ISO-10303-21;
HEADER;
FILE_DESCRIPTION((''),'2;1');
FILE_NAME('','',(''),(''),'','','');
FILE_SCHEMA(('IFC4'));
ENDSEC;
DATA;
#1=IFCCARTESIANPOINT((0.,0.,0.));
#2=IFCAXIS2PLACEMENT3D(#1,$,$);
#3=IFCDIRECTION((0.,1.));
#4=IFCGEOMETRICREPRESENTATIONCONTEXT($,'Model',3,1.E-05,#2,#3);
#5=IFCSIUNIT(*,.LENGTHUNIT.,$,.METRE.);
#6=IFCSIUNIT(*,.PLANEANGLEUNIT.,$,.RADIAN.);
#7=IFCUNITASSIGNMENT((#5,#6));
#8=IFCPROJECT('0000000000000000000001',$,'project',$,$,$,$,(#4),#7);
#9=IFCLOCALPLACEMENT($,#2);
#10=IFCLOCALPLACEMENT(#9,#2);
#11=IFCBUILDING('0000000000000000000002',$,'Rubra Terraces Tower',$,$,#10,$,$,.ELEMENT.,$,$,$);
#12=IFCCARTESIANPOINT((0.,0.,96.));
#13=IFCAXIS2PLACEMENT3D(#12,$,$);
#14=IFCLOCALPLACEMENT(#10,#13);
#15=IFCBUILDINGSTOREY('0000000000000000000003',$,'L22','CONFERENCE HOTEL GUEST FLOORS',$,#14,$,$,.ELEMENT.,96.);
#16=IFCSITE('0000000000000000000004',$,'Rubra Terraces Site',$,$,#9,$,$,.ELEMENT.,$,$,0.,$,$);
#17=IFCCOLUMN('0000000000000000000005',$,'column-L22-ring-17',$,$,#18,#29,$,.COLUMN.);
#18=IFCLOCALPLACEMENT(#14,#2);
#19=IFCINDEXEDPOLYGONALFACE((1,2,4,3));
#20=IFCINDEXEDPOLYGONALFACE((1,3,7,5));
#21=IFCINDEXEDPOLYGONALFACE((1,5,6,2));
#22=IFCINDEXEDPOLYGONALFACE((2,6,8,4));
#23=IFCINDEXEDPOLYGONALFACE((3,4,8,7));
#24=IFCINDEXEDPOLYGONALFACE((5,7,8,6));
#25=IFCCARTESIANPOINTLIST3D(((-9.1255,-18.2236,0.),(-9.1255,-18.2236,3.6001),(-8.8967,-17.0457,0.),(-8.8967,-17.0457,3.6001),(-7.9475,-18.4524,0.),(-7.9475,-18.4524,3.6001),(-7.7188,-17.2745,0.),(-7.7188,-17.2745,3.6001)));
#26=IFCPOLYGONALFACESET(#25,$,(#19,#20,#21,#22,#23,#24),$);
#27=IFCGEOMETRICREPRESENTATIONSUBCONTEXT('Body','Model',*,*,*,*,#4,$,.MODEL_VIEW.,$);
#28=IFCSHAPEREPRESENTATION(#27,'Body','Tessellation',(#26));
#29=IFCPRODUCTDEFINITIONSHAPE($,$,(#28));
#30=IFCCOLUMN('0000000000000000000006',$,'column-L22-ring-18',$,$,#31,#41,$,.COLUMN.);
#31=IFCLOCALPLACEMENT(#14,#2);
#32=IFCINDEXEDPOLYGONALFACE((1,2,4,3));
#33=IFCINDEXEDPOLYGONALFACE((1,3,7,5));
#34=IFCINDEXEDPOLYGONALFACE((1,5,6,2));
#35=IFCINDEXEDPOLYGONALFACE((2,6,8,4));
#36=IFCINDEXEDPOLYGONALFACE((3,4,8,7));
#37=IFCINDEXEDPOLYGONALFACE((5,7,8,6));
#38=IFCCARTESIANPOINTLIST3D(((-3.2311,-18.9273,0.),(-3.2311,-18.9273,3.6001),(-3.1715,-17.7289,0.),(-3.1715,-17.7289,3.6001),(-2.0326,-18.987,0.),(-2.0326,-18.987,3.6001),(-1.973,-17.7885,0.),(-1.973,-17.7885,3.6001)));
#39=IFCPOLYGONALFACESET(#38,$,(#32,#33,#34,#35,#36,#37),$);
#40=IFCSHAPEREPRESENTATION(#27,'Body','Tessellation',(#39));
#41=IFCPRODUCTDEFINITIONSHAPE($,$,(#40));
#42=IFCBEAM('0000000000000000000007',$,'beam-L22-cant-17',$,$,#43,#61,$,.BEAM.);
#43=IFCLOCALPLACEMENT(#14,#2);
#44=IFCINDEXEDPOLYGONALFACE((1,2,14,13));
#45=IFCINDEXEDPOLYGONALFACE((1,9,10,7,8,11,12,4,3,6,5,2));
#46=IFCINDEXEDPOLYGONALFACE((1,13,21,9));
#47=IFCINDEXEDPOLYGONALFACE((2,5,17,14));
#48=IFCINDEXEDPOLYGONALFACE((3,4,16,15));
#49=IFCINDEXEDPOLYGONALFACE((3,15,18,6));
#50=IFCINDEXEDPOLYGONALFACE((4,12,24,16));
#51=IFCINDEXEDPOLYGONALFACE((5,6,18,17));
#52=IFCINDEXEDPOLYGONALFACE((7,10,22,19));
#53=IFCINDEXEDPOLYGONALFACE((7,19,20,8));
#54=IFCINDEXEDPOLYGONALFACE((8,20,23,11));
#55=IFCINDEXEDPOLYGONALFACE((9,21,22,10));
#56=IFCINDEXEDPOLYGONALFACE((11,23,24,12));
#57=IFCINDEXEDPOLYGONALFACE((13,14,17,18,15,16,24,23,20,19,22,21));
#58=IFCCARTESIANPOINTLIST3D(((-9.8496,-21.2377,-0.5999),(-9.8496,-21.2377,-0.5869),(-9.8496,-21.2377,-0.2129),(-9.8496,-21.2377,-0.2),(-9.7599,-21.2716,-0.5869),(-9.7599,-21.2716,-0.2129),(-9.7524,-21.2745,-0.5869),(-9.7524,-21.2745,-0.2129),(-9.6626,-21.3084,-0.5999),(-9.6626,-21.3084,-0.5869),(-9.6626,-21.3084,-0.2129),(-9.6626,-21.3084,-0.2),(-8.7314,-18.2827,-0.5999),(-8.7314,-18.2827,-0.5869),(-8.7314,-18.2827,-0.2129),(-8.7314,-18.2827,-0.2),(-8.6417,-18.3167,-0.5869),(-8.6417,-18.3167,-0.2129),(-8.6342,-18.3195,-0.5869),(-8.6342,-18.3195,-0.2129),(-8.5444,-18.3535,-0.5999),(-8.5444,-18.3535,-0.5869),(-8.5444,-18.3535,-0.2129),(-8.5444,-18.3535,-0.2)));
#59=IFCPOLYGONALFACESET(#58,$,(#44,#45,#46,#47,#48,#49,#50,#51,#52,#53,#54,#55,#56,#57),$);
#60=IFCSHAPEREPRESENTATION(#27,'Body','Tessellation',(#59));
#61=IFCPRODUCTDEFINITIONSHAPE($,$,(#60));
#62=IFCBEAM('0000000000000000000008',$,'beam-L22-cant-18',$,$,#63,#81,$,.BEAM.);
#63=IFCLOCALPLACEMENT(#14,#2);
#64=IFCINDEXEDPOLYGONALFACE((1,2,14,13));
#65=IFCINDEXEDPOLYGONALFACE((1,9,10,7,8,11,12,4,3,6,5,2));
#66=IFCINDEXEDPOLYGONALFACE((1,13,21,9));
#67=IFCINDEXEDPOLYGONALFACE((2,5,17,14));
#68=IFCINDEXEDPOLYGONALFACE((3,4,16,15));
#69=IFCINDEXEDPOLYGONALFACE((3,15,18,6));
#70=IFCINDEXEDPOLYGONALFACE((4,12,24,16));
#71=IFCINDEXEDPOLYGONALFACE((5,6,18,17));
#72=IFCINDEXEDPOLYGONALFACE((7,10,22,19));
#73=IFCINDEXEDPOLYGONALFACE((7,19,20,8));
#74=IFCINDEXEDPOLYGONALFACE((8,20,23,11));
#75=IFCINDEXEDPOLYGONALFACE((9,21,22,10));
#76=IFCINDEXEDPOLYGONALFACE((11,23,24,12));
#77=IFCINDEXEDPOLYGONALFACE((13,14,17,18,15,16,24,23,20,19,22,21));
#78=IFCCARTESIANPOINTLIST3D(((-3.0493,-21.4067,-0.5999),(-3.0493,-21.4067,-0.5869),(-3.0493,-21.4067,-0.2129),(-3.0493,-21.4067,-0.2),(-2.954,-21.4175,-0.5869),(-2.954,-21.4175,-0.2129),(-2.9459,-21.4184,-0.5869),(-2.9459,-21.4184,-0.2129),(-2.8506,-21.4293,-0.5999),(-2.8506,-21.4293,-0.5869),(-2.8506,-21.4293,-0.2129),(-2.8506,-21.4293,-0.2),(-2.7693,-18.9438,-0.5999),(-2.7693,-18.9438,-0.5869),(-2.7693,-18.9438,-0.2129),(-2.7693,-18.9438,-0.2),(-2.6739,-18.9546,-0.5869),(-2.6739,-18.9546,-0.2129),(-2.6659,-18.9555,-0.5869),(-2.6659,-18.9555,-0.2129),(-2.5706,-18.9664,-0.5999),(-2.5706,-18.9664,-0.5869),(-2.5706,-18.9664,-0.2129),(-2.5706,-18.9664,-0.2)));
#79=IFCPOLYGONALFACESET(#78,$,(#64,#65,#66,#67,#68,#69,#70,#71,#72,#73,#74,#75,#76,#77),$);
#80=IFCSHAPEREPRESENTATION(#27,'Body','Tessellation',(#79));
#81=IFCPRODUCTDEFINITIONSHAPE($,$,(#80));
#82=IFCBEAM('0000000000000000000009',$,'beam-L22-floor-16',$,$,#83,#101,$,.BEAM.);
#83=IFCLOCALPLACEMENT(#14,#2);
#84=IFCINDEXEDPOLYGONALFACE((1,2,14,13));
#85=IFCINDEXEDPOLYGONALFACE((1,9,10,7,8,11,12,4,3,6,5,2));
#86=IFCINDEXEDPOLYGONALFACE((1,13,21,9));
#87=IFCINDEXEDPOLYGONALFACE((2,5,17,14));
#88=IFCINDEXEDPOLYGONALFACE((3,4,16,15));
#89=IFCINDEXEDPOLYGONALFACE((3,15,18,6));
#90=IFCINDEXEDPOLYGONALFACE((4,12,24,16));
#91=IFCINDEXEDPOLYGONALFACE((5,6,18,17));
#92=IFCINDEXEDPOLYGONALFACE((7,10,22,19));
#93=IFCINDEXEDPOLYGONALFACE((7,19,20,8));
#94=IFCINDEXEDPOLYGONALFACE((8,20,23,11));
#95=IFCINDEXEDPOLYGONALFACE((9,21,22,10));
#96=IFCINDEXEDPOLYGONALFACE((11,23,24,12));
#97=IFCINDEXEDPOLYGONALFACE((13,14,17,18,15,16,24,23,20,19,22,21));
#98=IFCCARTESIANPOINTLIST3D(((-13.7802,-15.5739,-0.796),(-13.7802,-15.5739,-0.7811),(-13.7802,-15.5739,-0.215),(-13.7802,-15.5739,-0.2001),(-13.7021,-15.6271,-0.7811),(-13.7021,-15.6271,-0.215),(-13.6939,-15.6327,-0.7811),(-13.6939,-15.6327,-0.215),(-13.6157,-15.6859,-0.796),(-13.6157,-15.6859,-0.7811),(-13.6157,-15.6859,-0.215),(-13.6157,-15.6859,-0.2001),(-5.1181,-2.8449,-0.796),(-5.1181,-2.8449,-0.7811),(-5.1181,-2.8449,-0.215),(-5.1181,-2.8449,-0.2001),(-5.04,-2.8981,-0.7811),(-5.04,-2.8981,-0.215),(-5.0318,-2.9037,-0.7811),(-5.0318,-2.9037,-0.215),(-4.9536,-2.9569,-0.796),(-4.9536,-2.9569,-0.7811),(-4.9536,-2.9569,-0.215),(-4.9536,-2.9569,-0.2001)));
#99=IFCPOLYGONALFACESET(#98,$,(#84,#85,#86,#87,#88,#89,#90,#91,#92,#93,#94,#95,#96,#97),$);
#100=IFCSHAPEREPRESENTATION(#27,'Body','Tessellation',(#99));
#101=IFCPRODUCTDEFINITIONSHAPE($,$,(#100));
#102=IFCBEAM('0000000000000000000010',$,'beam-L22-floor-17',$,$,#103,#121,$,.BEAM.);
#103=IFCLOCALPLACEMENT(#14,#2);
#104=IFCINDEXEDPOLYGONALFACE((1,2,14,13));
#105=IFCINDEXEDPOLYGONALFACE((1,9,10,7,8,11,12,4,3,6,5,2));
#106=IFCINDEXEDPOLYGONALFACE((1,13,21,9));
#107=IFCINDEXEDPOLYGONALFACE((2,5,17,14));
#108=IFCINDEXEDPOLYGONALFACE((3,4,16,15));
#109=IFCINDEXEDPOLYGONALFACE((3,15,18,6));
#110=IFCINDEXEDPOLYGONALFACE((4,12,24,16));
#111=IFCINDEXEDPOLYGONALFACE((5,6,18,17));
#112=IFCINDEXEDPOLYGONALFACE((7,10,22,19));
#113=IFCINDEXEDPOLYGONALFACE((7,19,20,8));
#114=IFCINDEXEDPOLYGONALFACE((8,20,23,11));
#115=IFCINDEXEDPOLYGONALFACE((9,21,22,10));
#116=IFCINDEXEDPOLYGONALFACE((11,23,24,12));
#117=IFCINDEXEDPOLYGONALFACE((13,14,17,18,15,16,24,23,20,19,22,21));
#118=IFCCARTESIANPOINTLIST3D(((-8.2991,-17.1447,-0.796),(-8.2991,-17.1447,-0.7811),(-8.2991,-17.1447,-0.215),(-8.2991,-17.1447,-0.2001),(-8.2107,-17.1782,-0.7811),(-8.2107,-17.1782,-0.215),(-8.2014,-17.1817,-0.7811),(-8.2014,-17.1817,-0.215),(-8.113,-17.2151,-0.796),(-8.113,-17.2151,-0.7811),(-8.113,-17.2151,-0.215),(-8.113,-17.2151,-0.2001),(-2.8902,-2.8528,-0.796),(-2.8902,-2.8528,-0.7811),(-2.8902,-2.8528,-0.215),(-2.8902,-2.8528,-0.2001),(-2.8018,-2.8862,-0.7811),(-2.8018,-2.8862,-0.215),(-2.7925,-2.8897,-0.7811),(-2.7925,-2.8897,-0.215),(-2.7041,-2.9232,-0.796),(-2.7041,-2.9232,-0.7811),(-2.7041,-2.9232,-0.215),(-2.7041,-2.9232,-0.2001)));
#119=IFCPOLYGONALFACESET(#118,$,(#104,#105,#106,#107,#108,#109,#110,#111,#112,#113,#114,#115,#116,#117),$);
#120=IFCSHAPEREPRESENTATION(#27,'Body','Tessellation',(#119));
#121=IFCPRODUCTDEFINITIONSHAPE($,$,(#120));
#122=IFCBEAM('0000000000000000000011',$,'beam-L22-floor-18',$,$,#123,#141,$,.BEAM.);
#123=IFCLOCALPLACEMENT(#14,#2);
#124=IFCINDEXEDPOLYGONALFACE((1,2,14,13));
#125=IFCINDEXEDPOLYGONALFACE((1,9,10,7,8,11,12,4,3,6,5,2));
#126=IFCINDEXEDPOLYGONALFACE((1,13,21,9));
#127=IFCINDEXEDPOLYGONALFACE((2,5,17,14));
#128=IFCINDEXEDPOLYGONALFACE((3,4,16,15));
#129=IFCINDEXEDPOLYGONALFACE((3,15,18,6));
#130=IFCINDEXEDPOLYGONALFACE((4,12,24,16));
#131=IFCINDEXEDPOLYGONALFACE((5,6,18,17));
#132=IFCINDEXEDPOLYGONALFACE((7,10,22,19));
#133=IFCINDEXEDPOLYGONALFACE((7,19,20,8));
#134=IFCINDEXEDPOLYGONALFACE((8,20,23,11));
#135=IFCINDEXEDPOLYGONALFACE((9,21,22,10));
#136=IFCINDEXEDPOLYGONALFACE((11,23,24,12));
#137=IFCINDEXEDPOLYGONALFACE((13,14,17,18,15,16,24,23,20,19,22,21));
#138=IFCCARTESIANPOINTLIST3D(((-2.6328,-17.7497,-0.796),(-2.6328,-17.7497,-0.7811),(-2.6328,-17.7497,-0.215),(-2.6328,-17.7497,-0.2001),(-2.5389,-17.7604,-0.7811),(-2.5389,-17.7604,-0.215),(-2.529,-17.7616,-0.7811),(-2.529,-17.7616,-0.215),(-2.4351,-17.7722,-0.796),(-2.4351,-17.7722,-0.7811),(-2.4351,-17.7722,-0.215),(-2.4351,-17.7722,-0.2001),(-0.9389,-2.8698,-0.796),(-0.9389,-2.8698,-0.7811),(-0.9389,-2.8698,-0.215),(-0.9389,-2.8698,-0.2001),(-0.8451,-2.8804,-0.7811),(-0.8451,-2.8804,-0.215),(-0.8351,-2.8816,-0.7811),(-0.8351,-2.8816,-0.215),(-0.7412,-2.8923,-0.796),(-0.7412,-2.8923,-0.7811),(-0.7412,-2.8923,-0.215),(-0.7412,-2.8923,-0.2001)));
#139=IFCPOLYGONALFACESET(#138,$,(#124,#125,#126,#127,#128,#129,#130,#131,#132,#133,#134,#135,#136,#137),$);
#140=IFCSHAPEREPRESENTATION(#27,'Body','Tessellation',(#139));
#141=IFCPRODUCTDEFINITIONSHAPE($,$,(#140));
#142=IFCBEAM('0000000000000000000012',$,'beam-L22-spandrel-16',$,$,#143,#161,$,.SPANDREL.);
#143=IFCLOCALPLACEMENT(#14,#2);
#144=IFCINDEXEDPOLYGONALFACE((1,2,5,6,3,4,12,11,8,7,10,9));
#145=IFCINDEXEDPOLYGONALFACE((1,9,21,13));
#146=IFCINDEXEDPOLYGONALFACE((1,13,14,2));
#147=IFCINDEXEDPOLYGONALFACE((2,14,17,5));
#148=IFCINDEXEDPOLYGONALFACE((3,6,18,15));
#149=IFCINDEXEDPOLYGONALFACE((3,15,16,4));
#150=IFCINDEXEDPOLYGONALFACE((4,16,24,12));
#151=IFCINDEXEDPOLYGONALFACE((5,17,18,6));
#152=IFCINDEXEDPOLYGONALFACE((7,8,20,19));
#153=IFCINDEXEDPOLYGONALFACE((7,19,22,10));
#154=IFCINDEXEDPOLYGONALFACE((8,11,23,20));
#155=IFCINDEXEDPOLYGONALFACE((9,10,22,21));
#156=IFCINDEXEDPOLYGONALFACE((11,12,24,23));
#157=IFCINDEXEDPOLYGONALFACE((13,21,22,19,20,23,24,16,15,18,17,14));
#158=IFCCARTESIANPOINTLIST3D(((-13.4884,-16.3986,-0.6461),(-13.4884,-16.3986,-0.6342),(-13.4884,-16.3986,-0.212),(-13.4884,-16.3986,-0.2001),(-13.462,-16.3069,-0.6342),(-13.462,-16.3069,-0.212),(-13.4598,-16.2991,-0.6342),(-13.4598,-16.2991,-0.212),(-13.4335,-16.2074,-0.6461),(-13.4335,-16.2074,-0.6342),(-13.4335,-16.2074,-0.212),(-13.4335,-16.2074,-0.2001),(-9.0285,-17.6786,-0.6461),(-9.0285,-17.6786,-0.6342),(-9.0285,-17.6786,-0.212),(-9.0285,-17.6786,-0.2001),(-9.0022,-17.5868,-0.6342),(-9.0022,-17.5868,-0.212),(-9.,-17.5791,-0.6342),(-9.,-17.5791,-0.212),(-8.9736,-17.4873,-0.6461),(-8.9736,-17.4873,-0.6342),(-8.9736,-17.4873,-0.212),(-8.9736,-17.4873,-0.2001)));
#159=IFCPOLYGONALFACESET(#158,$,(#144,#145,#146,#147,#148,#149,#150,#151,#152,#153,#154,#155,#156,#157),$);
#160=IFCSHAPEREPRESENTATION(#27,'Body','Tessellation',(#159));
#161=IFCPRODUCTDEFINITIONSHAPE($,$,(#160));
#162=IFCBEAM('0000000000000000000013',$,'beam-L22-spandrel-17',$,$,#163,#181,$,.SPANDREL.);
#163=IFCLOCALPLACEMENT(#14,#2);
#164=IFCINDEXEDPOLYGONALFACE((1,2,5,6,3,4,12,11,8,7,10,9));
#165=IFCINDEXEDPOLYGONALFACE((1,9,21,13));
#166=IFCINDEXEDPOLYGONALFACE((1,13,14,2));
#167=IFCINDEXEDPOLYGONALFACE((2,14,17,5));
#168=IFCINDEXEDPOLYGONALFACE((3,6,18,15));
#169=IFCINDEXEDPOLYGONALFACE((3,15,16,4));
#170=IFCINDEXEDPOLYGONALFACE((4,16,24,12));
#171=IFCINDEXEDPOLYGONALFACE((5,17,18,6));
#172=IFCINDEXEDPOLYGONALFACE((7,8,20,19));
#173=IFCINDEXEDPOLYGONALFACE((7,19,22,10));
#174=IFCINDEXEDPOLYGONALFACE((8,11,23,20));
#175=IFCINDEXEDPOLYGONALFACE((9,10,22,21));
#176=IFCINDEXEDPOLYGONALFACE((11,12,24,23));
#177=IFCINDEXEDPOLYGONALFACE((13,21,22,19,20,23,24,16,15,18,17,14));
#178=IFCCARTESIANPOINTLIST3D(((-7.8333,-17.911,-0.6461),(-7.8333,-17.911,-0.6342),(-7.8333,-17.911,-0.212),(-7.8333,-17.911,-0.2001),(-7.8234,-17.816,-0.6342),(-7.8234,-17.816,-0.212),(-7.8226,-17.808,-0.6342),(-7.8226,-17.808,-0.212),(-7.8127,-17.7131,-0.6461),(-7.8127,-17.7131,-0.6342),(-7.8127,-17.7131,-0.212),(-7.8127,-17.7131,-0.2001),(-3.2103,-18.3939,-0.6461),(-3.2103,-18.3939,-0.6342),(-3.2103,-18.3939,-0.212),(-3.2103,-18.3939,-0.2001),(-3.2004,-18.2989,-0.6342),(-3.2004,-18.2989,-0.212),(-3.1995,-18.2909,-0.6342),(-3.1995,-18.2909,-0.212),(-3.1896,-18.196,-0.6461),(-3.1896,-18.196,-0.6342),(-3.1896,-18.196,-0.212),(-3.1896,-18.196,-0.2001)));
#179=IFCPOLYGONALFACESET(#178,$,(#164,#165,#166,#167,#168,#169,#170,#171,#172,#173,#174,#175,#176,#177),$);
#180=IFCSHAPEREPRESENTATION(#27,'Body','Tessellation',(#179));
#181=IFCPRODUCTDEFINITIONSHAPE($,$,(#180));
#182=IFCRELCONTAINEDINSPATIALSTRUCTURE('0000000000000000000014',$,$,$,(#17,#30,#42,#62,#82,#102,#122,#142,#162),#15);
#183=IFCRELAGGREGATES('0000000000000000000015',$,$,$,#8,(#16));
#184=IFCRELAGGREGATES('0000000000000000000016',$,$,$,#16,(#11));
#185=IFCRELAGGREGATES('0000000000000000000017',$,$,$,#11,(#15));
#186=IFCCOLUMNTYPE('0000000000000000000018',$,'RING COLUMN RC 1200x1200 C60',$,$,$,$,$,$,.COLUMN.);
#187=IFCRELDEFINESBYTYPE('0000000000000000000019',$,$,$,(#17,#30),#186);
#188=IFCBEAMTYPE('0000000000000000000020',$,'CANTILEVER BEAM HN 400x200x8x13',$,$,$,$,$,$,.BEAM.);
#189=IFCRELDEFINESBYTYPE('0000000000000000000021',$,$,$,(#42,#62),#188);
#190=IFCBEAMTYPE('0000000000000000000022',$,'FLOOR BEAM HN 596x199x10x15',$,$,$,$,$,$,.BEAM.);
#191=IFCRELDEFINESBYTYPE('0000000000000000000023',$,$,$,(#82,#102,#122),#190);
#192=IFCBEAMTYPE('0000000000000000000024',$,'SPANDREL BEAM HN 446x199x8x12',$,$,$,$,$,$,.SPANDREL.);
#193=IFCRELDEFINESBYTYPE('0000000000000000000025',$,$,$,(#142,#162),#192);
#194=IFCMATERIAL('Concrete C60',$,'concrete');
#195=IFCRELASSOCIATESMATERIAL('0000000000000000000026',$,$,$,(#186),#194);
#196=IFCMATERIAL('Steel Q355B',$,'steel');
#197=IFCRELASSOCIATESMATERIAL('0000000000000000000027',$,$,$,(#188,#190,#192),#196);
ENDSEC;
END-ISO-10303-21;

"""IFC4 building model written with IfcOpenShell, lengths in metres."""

from ifc_helpers import new_model, si_unit, direction, frame, origin, origin_2d, place, context, subcontext, project, spatial, rectangle, i_section, extrude, material, material_profile, profile_set, type_object, element, save


model = new_model("IFC4")

# Units and contexts
model_context = context("Model", 3, precision=1e-05, world=origin(), true_north=direction((0.0, 1.0)))
body_context = subcontext(model_context, "Body", "Model", "MODEL_VIEW")
ifc_project = project(units=[si_unit("LENGTHUNIT", "METRE"), si_unit("PLANEANGLEUNIT", "RADIAN")], contexts=[model_context])

# Site, building, storey
site_placement = place(None, origin())
site = spatial("IfcSite", under=ifc_project, at=site_placement, Name="Rubra Terraces Site", CompositionType="ELEMENT", RefElevation=0.0)
building_placement = place(site_placement, origin())
building = spatial("IfcBuilding", under=site, at=building_placement, Name="Rubra Terraces Tower", CompositionType="ELEMENT")
storey_placement = place(building_placement, frame((0.0, 0.0, 96.0)))
storey = spatial("IfcBuildingStorey", under=building, at=storey_placement, Name="L22", Description="CONFERENCE HOTEL GUEST FLOORS", CompositionType="ELEMENT", Elevation=96.0)

# Columns
ifc_material_1 = material(Name="Concrete C60", Category="concrete")
ifc_material_profile_1 = material_profile(ifc_material_1, rectangle(XDim=1.2, YDim=1.2, at=origin_2d()), Name="RC 1200x1200")
ifc_profile_set_1 = profile_set([ifc_material_profile_1], Name="Concrete C60")
column_type = type_object("IfcColumnType", Name="RING COLUMN RC 1200x1200 C60", PredefinedType="COLUMN", material=ifc_profile_set_1)
for number, where, z_axis, x_axis, name in (
    (1, (-8.4221, -17.749, 0.0), (0.0, 0.0, 1.0), (0.981655, -0.190668, 0.0), "column-L22-ring-17"),
    (2, (-2.6021, -18.3579, 0.0), (0.0, 0.0, 1.0), (0.998764, -0.049699, 0.0), "column-L22-ring-18"),
):
    element("IfcColumn", number, at=place(storey_placement, frame(where, z_axis=z_axis, x_axis=x_axis)), inside=storey, type_object=column_type, Name=name, PredefinedType="COLUMN", context=body_context, shape_type="SweptSolid", body=[
        extrude(rectangle(XDim=1.2, YDim=1.2, at=origin_2d()), origin(), (0.0, 0.0, 1.0), 3.6001),
    ])

# Beams
ifc_material_2 = material(Name="Steel Q355B", Category="steel")
ifc_material_profile_2 = material_profile(ifc_material_2, i_section(OverallWidth=0.2, OverallDepth=0.3999, WebThickness=0.0081, FlangeThickness=0.0129, at=origin_2d()), Name="HN 400x200x8x13")
ifc_profile_set_2 = profile_set([ifc_material_profile_2], Name="Steel Q355B")
beam_type_1 = type_object("IfcBeamType", Name="CANTILEVER BEAM HN 400x200x8x13", PredefinedType="BEAM", material=ifc_profile_set_2)
beam_1_placement = place(storey_placement, frame((-8.6379, -18.3181, -0.3999), z_axis=(-0.353925, -0.935274, 0.0), x_axis=(0.935274, -0.353925, 0.0)))
element("IfcBeam", 3, at=beam_1_placement, inside=storey, type_object=beam_type_1, Name="beam-L22-cant-17", PredefinedType="BEAM", context=body_context, shape_type="SweptSolid", body=[
    extrude(i_section(OverallWidth=0.2, OverallDepth=0.3999, WebThickness=0.0081, FlangeThickness=0.0129, at=origin_2d()), origin(), (0.0, 0.0, 1.0), 3.1594),
])
beam_2_placement = place(storey_placement, frame((-2.6699, -18.9551, -0.3999), z_axis=(-0.112972, -0.993598, 0.0), x_axis=(0.993598, -0.112972, 0.0)))
element("IfcBeam", 4, at=beam_2_placement, inside=storey, type_object=beam_type_1, Name="beam-L22-cant-18", PredefinedType="BEAM", context=body_context, shape_type="SweptSolid", body=[
    extrude(i_section(OverallWidth=0.2, OverallDepth=0.3999, WebThickness=0.0081, FlangeThickness=0.0129, at=origin_2d()), origin(), (0.0, 0.0, 1.0), 2.4788),
])
ifc_material_profile_3 = material_profile(ifc_material_2, i_section(OverallWidth=0.199, OverallDepth=0.5959, WebThickness=0.01, FlangeThickness=0.0149, at=origin_2d()), Name="HN 596x199x10x15")
ifc_profile_set_3 = profile_set([ifc_material_profile_3], Name="Steel Q355B")
beam_type_2 = type_object("IfcBeamType", Name="FLOOR BEAM HN 596x199x10x15", PredefinedType="BEAM", material=ifc_profile_set_3)
beam_3_placement = place(storey_placement, frame((-13.698, -15.6299, -0.498), z_axis=(0.562594, 0.826734, 0.0), x_axis=(-0.826734, 0.562594, 0.0)))
element("IfcBeam", 5, at=beam_3_placement, inside=storey, type_object=beam_type_2, Name="beam-L22-floor-16", PredefinedType="BEAM", context=body_context, shape_type="SweptSolid", body=[
    extrude(i_section(OverallWidth=0.199, OverallDepth=0.5959, WebThickness=0.01, FlangeThickness=0.0149, at=origin_2d()), origin(), (0.0, 0.0, 1.0), 15.3967),
])
beam_4_placement = place(storey_placement, frame((-8.2061, -17.1799, -0.498), z_axis=(0.353958, 0.935261, 0.0), x_axis=(-0.935261, 0.353958, 0.0)))
element("IfcBeam", 6, at=beam_4_placement, inside=storey, type_object=beam_type_2, Name="beam-L22-floor-17", PredefinedType="BEAM", context=body_context, shape_type="SweptSolid", body=[
    extrude(i_section(OverallWidth=0.199, OverallDepth=0.5959, WebThickness=0.01, FlangeThickness=0.0149, at=origin_2d()), origin(), (0.0, 0.0, 1.0), 15.2812),
])
beam_5_placement = place(storey_placement, frame((-2.5339, -17.761, -0.498), z_axis=(0.113104, 0.993583, 0.0), x_axis=(-0.993583, 0.113104, 0.0)))
element("IfcBeam", 7, at=beam_5_placement, inside=storey, type_object=beam_type_2, Name="beam-L22-floor-18", PredefinedType="BEAM", context=body_context, shape_type="SweptSolid", body=[
    extrude(i_section(OverallWidth=0.199, OverallDepth=0.5959, WebThickness=0.01, FlangeThickness=0.0149, at=origin_2d()), origin(), (0.0, 0.0, 1.0), 14.9761),
])
ifc_material_profile_4 = material_profile(ifc_material_2, i_section(OverallWidth=0.199, OverallDepth=0.446, WebThickness=0.0081, FlangeThickness=0.012, at=origin_2d()), Name="HN 446x199x8x12")
ifc_profile_set_4 = profile_set([ifc_material_profile_4], Name="Steel Q355B")
beam_type_3 = type_object("IfcBeamType", Name="SPANDREL BEAM HN 446x199x8x12", PredefinedType="SPANDREL", material=ifc_profile_set_4)
beam_6_placement = place(storey_placement, frame((-13.4609, -16.303, -0.4231), z_axis=(0.961196, -0.275868, 0.0), x_axis=(0.275868, 0.961196, 0.0)))
element("IfcBeam", 8, at=beam_6_placement, inside=storey, type_object=beam_type_3, Name="beam-L22-spandrel-16", PredefinedType="SPANDREL", context=body_context, shape_type="SweptSolid", body=[
    extrude(i_section(OverallWidth=0.199, OverallDepth=0.446, WebThickness=0.0081, FlangeThickness=0.012, at=origin_2d()), origin(), (0.0, 0.0, 1.0), 4.6399),
])
beam_7_placement = place(storey_placement, frame((-7.823, -17.812, -0.4231), z_axis=(0.994589, -0.103892, 0.0), x_axis=(0.103892, 0.994589, 0.0)))
element("IfcBeam", 9, at=beam_7_placement, inside=storey, type_object=beam_type_3, Name="beam-L22-spandrel-17", PredefinedType="SPANDREL", context=body_context, shape_type="SweptSolid", body=[
    extrude(i_section(OverallWidth=0.199, OverallDepth=0.446, WebThickness=0.0081, FlangeThickness=0.012, at=origin_2d()), origin(), (0.0, 0.0, 1.0), 4.6482),
])

save(model, "model.ifc")
